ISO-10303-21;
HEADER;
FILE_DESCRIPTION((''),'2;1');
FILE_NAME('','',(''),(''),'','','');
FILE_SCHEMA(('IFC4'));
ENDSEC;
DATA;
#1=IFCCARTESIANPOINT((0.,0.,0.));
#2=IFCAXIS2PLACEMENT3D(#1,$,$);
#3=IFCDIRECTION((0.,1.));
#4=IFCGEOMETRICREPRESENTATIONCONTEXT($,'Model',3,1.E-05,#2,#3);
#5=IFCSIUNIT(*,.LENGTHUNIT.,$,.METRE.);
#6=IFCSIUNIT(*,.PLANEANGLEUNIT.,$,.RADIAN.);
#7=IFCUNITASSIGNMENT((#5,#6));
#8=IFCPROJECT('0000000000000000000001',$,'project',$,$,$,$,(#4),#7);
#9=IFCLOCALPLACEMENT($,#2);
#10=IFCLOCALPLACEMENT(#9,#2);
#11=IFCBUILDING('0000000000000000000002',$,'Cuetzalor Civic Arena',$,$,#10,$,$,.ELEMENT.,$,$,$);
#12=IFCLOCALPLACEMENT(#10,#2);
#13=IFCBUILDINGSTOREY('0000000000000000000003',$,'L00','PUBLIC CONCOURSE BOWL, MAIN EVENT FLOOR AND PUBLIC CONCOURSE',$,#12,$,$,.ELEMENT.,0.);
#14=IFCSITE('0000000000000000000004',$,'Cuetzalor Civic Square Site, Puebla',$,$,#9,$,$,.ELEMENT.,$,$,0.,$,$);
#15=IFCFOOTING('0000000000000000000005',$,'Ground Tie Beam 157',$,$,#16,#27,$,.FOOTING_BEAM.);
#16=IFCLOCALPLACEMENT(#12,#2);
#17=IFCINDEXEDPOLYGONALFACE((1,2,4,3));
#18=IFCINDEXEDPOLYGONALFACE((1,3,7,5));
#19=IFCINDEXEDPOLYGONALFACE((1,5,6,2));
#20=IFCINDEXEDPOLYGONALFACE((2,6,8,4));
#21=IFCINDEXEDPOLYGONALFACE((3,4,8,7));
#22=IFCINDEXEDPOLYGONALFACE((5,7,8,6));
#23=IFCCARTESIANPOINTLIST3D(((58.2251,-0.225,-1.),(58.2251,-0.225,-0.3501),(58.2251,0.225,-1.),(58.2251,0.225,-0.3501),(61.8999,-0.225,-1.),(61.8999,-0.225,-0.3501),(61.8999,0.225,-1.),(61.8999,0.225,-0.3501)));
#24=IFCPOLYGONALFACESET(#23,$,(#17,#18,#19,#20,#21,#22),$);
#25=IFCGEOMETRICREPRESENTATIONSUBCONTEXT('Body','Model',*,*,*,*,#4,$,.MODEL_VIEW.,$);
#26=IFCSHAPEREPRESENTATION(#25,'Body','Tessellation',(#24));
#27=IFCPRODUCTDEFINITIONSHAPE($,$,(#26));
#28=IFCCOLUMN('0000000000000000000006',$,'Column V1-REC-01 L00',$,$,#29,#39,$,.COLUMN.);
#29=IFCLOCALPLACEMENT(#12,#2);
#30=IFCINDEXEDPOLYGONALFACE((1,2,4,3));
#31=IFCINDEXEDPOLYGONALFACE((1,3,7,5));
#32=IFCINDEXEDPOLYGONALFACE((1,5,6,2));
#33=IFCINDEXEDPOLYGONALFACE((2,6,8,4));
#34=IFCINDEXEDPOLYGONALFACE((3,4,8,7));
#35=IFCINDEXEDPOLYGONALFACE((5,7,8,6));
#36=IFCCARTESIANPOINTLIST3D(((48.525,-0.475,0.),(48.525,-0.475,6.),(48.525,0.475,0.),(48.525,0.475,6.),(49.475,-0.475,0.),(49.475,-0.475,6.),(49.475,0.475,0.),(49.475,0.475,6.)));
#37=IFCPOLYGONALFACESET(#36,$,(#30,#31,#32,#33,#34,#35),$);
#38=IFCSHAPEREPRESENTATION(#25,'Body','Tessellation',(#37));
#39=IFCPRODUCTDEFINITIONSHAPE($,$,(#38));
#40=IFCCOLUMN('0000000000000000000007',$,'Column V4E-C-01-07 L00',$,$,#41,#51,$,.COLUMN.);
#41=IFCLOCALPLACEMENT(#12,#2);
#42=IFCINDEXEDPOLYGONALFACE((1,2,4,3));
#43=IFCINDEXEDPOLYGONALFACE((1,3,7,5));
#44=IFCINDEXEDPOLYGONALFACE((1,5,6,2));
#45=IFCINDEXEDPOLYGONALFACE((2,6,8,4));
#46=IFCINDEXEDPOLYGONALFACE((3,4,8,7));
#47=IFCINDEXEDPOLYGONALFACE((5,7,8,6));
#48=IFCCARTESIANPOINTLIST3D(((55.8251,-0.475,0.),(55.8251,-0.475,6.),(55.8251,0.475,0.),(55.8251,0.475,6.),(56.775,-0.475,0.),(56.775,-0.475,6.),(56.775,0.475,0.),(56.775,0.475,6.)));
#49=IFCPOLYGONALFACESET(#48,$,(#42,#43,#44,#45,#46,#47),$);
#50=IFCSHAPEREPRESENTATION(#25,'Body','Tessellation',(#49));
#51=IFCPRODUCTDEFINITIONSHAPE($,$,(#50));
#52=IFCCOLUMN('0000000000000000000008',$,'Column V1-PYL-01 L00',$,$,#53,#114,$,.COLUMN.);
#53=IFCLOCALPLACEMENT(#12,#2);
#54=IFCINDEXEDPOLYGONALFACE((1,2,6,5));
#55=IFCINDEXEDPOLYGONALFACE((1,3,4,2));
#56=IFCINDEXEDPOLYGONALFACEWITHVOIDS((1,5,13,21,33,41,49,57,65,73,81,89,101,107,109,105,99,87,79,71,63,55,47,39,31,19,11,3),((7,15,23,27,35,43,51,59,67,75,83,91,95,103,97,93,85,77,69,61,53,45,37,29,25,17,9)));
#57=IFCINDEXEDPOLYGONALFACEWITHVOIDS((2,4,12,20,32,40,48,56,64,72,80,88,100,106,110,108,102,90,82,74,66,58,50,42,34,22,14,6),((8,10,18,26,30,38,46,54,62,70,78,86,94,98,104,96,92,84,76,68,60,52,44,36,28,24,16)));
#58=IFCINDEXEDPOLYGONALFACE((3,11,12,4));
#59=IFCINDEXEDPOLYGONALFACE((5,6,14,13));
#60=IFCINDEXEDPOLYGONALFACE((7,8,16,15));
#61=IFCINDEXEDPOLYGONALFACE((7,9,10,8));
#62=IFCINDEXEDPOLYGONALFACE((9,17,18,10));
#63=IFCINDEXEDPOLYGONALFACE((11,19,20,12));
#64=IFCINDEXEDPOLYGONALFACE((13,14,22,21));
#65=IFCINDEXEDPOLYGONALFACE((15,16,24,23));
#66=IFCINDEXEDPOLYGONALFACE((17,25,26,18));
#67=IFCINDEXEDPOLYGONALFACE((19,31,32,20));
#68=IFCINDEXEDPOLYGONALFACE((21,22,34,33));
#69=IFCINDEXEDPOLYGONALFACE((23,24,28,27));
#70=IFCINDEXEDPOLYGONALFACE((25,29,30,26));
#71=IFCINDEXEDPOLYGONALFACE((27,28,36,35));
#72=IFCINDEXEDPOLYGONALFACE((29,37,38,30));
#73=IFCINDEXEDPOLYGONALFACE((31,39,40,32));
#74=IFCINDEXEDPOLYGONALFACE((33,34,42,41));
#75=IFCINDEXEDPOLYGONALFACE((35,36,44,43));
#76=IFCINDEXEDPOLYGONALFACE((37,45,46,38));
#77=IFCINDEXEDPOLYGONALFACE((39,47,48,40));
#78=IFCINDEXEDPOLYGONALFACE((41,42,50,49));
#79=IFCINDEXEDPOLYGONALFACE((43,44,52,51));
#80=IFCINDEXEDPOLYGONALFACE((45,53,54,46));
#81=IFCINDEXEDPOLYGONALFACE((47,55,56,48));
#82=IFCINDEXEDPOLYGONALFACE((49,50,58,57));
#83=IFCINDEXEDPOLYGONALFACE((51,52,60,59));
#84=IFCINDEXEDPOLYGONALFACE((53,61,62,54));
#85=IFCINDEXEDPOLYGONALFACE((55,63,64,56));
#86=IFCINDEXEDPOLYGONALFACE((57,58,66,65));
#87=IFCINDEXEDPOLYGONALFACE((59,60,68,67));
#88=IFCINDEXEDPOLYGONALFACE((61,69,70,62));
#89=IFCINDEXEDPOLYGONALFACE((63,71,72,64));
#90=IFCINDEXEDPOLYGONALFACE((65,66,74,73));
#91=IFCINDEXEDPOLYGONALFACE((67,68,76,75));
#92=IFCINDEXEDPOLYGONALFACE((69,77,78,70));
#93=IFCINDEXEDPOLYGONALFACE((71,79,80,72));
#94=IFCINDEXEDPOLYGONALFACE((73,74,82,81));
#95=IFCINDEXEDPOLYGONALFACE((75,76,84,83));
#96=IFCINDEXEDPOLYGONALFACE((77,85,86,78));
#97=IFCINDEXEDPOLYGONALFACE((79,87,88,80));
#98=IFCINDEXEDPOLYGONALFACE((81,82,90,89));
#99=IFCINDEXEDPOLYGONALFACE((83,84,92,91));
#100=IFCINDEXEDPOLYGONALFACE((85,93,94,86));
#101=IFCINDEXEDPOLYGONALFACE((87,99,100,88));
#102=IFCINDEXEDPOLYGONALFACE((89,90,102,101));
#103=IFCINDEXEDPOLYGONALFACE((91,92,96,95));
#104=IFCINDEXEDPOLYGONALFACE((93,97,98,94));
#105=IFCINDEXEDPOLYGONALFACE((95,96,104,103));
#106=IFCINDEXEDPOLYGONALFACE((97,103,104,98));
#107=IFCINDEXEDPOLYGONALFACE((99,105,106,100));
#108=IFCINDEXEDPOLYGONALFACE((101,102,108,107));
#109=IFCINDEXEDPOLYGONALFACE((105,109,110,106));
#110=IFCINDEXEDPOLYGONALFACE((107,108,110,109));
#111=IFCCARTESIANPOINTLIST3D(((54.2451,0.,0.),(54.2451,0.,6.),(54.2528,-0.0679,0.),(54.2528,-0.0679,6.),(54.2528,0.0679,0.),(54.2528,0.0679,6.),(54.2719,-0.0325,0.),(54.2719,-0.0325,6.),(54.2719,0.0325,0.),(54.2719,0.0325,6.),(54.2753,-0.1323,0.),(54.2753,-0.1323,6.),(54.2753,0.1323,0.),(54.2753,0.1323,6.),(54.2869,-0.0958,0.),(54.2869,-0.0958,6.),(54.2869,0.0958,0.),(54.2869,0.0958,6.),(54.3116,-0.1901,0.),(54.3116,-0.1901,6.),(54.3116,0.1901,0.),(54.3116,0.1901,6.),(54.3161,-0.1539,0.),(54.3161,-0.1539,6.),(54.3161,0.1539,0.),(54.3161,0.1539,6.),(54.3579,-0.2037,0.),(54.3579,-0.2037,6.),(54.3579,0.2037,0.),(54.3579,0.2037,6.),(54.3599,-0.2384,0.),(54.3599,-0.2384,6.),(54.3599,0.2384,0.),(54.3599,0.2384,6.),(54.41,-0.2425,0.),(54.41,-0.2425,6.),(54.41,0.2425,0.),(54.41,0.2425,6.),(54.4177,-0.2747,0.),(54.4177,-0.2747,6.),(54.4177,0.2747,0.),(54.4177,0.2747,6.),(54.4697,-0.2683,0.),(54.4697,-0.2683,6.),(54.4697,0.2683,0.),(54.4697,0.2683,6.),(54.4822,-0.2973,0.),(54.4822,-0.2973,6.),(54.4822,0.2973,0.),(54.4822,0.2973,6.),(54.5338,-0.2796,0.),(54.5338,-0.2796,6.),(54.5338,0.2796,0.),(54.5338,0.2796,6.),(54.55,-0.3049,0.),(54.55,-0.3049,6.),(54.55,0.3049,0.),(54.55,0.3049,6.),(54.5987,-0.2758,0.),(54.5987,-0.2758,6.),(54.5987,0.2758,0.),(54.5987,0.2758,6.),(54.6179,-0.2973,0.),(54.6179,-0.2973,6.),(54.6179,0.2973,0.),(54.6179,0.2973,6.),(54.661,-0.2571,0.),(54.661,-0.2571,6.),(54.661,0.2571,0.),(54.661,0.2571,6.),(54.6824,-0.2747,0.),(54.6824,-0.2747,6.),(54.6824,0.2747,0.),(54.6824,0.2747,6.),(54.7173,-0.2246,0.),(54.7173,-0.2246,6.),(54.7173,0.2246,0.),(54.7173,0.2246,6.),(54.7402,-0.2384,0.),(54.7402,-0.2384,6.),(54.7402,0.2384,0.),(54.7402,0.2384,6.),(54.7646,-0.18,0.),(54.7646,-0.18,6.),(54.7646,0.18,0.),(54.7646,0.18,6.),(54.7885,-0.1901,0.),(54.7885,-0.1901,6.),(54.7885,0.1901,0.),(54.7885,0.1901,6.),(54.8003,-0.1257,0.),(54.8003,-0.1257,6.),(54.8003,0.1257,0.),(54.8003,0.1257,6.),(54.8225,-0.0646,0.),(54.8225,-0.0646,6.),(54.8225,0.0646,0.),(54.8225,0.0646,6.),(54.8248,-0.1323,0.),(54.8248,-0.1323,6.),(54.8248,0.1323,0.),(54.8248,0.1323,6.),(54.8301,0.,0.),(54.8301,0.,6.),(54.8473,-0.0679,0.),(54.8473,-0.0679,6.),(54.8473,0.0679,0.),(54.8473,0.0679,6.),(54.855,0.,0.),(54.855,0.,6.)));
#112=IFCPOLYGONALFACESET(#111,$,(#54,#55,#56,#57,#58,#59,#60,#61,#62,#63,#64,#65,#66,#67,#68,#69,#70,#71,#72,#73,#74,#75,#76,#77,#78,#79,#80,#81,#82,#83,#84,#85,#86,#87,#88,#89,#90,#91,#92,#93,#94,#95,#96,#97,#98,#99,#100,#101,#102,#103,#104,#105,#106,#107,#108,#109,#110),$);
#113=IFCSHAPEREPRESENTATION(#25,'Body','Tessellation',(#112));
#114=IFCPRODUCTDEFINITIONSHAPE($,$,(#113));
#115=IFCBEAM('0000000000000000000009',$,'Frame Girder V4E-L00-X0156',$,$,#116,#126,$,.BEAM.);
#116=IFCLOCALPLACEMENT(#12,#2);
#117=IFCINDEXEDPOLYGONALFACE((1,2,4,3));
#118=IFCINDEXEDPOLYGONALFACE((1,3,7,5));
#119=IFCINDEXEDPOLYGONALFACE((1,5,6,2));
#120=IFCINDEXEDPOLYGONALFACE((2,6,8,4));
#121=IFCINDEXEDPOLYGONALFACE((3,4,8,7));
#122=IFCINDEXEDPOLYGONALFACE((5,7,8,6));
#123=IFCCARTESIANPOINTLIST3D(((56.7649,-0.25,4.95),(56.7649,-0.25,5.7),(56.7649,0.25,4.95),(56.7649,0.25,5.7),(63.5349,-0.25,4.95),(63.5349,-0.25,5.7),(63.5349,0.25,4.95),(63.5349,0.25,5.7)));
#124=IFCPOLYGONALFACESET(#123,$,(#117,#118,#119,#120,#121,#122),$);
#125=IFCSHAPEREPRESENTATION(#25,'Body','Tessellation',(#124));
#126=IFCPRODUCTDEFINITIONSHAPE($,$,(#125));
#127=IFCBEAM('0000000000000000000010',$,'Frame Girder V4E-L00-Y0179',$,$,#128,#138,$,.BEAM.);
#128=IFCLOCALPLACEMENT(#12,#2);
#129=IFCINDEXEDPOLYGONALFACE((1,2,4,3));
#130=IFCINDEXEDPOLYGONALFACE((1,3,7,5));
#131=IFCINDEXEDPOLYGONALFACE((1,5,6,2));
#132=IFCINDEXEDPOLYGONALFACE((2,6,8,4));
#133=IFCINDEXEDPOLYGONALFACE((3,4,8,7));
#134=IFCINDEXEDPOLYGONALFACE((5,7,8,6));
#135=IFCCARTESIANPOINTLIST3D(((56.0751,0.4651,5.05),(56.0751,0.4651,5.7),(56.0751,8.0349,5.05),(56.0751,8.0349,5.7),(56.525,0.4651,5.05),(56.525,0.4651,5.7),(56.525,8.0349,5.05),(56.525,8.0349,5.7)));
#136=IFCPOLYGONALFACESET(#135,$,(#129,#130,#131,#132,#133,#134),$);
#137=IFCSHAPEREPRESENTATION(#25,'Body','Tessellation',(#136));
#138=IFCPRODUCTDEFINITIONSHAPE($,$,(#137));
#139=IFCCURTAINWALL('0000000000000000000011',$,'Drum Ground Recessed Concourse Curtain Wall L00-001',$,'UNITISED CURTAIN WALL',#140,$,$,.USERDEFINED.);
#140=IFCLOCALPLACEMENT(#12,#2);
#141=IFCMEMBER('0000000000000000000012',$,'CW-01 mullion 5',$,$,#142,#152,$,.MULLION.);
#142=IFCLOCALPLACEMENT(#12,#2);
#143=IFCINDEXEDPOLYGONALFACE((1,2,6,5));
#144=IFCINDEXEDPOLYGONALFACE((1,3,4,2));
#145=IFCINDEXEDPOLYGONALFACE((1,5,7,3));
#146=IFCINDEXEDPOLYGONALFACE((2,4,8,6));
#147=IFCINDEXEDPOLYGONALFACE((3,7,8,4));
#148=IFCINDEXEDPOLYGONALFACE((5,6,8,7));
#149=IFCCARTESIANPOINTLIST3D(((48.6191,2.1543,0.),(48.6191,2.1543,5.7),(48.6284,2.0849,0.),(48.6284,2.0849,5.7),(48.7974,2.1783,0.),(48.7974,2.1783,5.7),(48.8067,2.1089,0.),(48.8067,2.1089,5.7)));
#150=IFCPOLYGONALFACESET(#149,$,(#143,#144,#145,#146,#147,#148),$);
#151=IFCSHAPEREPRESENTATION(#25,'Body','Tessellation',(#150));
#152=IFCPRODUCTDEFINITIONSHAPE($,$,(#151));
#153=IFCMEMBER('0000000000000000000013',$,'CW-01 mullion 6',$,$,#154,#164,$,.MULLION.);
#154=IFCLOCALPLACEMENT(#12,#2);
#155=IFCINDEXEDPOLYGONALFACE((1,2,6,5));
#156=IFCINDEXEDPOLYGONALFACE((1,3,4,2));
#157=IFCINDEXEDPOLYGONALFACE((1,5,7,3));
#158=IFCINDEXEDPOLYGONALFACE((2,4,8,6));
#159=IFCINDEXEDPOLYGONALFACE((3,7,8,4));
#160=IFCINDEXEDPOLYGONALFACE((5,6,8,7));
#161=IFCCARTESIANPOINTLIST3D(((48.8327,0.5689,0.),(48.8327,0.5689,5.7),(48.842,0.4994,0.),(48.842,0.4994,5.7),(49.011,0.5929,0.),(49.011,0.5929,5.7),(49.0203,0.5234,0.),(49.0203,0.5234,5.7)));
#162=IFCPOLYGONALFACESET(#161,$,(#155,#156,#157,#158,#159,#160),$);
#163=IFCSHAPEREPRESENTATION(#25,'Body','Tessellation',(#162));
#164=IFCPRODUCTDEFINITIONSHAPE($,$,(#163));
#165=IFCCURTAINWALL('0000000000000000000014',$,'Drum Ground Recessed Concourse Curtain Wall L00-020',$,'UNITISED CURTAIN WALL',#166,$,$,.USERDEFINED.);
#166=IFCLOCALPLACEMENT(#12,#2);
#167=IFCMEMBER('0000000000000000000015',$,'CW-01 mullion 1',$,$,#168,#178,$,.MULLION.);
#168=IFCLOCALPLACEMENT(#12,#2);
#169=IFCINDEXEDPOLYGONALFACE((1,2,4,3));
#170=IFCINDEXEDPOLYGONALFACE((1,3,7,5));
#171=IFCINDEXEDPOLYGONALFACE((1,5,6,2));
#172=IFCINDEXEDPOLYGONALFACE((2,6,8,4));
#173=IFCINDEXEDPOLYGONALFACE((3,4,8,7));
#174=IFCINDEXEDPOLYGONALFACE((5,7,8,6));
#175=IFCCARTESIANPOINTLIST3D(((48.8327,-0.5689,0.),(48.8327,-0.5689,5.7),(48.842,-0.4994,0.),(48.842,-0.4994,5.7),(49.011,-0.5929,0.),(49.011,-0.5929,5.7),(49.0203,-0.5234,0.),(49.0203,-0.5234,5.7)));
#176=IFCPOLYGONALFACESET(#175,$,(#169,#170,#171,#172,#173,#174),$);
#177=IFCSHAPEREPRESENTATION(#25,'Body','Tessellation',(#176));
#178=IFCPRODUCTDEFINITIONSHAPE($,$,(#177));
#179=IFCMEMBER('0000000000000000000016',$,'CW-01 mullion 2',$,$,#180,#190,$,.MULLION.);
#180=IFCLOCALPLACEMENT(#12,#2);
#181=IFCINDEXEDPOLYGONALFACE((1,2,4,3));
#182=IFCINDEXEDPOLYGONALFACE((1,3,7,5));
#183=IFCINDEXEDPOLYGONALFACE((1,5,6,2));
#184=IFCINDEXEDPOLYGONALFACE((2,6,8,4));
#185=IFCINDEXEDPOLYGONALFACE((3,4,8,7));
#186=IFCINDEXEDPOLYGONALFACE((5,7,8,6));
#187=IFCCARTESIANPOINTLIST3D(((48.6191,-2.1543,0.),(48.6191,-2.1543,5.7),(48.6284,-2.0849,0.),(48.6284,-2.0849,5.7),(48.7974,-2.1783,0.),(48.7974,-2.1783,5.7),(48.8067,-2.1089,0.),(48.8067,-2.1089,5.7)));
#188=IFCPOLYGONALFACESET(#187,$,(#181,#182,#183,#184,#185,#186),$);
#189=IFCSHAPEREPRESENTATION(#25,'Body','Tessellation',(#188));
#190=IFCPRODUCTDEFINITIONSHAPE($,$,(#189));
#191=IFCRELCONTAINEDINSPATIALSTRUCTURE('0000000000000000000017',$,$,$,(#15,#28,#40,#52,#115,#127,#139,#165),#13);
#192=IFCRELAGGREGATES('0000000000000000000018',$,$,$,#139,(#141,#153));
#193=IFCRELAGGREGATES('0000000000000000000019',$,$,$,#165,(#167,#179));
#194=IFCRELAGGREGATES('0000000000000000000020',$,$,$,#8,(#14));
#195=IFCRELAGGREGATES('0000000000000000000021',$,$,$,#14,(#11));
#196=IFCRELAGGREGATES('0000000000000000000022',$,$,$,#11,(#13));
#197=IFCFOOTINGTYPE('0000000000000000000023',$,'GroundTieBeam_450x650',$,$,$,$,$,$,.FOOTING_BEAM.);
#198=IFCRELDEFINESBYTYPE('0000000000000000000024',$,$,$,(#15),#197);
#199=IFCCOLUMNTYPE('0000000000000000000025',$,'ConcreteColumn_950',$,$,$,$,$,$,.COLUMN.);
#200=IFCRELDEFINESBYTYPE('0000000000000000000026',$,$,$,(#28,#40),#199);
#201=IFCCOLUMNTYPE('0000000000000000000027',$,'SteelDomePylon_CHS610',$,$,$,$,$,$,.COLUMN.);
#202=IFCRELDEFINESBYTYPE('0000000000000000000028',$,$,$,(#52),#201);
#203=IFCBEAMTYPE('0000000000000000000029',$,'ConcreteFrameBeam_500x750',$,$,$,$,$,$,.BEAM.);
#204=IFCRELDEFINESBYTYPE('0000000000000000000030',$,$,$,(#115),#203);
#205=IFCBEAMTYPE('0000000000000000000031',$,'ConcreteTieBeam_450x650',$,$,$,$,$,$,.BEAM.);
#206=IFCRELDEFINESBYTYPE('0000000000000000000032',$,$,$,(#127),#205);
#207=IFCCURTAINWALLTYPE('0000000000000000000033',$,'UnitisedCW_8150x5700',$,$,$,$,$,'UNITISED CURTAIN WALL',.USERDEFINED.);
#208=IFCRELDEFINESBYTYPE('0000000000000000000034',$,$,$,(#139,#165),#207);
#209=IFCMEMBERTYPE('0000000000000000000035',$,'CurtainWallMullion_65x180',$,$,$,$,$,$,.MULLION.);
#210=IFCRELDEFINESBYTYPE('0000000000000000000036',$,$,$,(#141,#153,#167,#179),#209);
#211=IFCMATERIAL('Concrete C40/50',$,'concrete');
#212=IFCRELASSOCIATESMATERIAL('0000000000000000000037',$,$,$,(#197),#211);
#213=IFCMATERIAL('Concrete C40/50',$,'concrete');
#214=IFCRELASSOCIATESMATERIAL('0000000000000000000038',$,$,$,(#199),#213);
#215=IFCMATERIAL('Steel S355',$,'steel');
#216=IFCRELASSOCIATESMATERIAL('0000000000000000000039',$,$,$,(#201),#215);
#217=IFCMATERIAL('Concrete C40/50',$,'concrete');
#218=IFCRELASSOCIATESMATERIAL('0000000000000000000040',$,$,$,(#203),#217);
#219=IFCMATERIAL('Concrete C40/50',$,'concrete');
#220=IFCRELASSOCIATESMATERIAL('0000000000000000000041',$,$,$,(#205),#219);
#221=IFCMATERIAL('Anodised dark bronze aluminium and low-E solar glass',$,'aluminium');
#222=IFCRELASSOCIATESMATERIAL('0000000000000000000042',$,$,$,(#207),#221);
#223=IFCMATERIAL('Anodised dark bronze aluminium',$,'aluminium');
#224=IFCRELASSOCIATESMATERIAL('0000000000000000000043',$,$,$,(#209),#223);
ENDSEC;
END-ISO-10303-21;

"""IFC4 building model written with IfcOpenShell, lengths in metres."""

from ifc_helpers import new_model, si_unit, direction, frame, origin, origin_2d, place, context, subcontext, project, spatial, rectangle, hollow_circle, extrude, material, material_profile, profile_set, type_object, element, aggregate, save


model = new_model("IFC4")

# Units and contexts
model_context = context("Model", 3, precision=1e-05, world=origin(), true_north=direction((0.0, 1.0)))
body_context = subcontext(model_context, "Body", "Model", "MODEL_VIEW")
ifc_project = project(units=[si_unit("LENGTHUNIT", "METRE"), si_unit("PLANEANGLEUNIT", "RADIAN")], contexts=[model_context])

# Site, building, storey
site_placement = place(None, origin())
site = spatial("IfcSite", under=ifc_project, at=site_placement, Name="Cuetzalor Civic Square Site, Puebla", CompositionType="ELEMENT", RefElevation=0.0)
building_placement = place(site_placement, origin())
building = spatial("IfcBuilding", under=site, at=building_placement, Name="Cuetzalor Civic Arena", CompositionType="ELEMENT")
storey_placement = place(building_placement, origin())
storey = spatial("IfcBuildingStorey", under=building, at=storey_placement, Name="L00", Description="PUBLIC CONCOURSE BOWL, MAIN EVENT FLOOR AND PUBLIC CONCOURSE", CompositionType="ELEMENT", Elevation=0.0)

# Footing
ifc_material_1 = material(Name="Concrete C40/50", Category="concrete")
ifc_material_profile_1 = material_profile(ifc_material_1, rectangle(XDim=0.45, YDim=0.6499, at=origin_2d()), Name="RC 450x650")
ifc_profile_set_1 = profile_set([ifc_material_profile_1], Name="Concrete C40/50")
footing_type_1 = type_object("IfcFootingType", Name="GroundTieBeam_450x650", PredefinedType="FOOTING_BEAM", material=ifc_profile_set_1)
footing_1_placement = place(storey_placement, frame((58.2251, 0.0, -0.675), z_axis=(1.0, 0.0, 0.0), x_axis=(0.0, 1.0, 0.0)))
element("IfcFooting", 1, at=footing_1_placement, inside=storey, type_object=footing_type_1, Name="Ground Tie Beam 157", PredefinedType="FOOTING_BEAM", context=body_context, shape_type="SweptSolid", body=[
    extrude(rectangle(XDim=0.45, YDim=0.6499, at=origin_2d()), origin(), (0.0, 0.0, 1.0), 3.6748),
])

# Columns
ifc_material_2 = material(Name="Concrete C40/50", Category="concrete")
ifc_material_profile_2 = material_profile(ifc_material_2, rectangle(XDim=0.95, YDim=0.95, at=origin_2d()), Name="RC 950x950")
ifc_profile_set_2 = profile_set([ifc_material_profile_2], Name="Concrete C40/50")
column_type_1 = type_object("IfcColumnType", Name="ConcreteColumn_950", PredefinedType="COLUMN", material=ifc_profile_set_2)
for number, where, z_axis, x_axis, name in (
    (2, (49.0, 0.0, 0.0), (0.0, 0.0, 1.0), (1.0, 0.0, 0.0), "Column V1-REC-01 L00"),
    (3, (56.3, 0.0, 0.0), (0.0, 0.0, 1.0), (1.0, 0.0, 0.0), "Column V4E-C-01-07 L00"),
):
    element("IfcColumn", number, at=place(storey_placement, frame(where, z_axis=z_axis, x_axis=x_axis)), inside=storey, type_object=column_type_1, Name=name, PredefinedType="COLUMN", context=body_context, shape_type="SweptSolid", body=[
        extrude(rectangle(XDim=0.95, YDim=0.95, at=origin_2d()), origin(), (0.0, 0.0, 1.0), 6.0),
    ])
ifc_material_3 = material(Name="Steel S355", Category="steel")
ifc_material_profile_3 = material_profile(ifc_material_3, hollow_circle(Radius=0.3049, WallThickness=0.0249, at=origin_2d()), Name="CHS 610x25")
ifc_profile_set_3 = profile_set([ifc_material_profile_3], Name="Steel S355")
column_type_2 = type_object("IfcColumnType", Name="SteelDomePylon_CHS610", PredefinedType="COLUMN", material=ifc_profile_set_3)
column_placement = place(storey_placement, frame((54.55, 0.0, 0.0), z_axis=(0.0, 0.0, 1.0), x_axis=(1.0, 0.0, 0.0)))
element("IfcColumn", 4, at=column_placement, inside=storey, type_object=column_type_2, Name="Column V1-PYL-01 L00", PredefinedType="COLUMN", context=body_context, shape_type="SweptSolid", body=[
    extrude(hollow_circle(Radius=0.3049, WallThickness=0.0249, at=origin_2d()), origin(), (0.0, 0.0, 1.0), 6.0),
])

# Beams
ifc_material_4 = material(Name="Concrete C40/50", Category="concrete")
ifc_material_profile_4 = material_profile(ifc_material_4, rectangle(XDim=0.5, YDim=0.75, at=origin_2d()), Name="RC 500x750")
ifc_profile_set_4 = profile_set([ifc_material_profile_4], Name="Concrete C40/50")
beam_type_1 = type_object("IfcBeamType", Name="ConcreteFrameBeam_500x750", PredefinedType="BEAM", material=ifc_profile_set_4)
beam_1_placement = place(storey_placement, frame((56.7649, 0.0, 5.325), z_axis=(1.0, 0.0, 0.0), x_axis=(0.0, 1.0, 0.0)))
element("IfcBeam", 5, at=beam_1_placement, inside=storey, type_object=beam_type_1, Name="Frame Girder V4E-L00-X0156", PredefinedType="BEAM", context=body_context, shape_type="SweptSolid", body=[
    extrude(rectangle(XDim=0.5, YDim=0.75, at=origin_2d()), origin(), (0.0, 0.0, 1.0), 6.77),
])
ifc_material_5 = material(Name="Concrete C40/50", Category="concrete")
ifc_material_profile_5 = material_profile(ifc_material_5, rectangle(XDim=0.45, YDim=0.6499, at=origin_2d()), Name="RC 450x650")
ifc_profile_set_5 = profile_set([ifc_material_profile_5], Name="Concrete C40/50")
beam_type_2 = type_object("IfcBeamType", Name="ConcreteTieBeam_450x650", PredefinedType="BEAM", material=ifc_profile_set_5)
beam_2_placement = place(storey_placement, frame((56.3, 0.4651, 5.375), z_axis=(0.0, 1.0, 0.0), x_axis=(-1.0, 0.0, 0.0)))
element("IfcBeam", 6, at=beam_2_placement, inside=storey, type_object=beam_type_2, Name="Frame Girder V4E-L00-Y0179", PredefinedType="BEAM", context=body_context, shape_type="SweptSolid", body=[
    extrude(rectangle(XDim=0.45, YDim=0.6499, at=origin_2d()), origin(), (0.0, 0.0, 1.0), 7.5698),
])

# Curtain walls, members
ifc_material_6 = material(Name="Anodised dark bronze aluminium and low-E solar glass", Category="aluminium")
curtain_wall_type = type_object("IfcCurtainWallType", Name="UnitisedCW_8150x5700", ElementType="UNITISED CURTAIN WALL", PredefinedType="USERDEFINED", material=ifc_material_6)
curtain_wall_1_placement = place(storey_placement, origin())
curtain_wall_1 = element("IfcCurtainWall", 7, at=curtain_wall_1_placement, inside=storey, type_object=curtain_wall_type, Name="Drum Ground Recessed Concourse Curtain Wall L00-001", ObjectType="UNITISED CURTAIN WALL", PredefinedType="USERDEFINED")
ifc_material_7 = material(Name="Anodised dark bronze aluminium", Category="aluminium")
ifc_material_profile_6 = material_profile(ifc_material_7, rectangle(XDim=0.0701, YDim=0.1799, at=origin_2d()), Name="ALU MULLION 70x180")
ifc_profile_set_6 = profile_set([ifc_material_profile_6], Name="Anodised dark bronze aluminium")
member_type_1 = type_object("IfcMemberType", Name="CurtainWallMullion_65x180", PredefinedType="MULLION", material=ifc_profile_set_6)
member_1_placement = place(storey_placement, frame((48.7129, 2.1316, 0.0), z_axis=(0.0, 0.0, 1.0), x_axis=(0.133443, -0.991056, 0.0)))
member_1 = element("IfcMember", 8, at=member_1_placement, type_object=member_type_1, Name="CW-01 mullion 5", PredefinedType="MULLION", context=body_context, shape_type="SweptSolid", body=[
    extrude(rectangle(XDim=0.0701, YDim=0.1799, at=origin_2d()), origin(), (0.0, 0.0, 1.0), 5.7),
])
member_2_placement = place(storey_placement, frame((48.9265, 0.5461, 0.0), z_axis=(0.0, 0.0, 1.0), x_axis=(0.133443, -0.991056, 0.0)))
member_2 = element("IfcMember", 9, at=member_2_placement, type_object=member_type_1, Name="CW-01 mullion 6", PredefinedType="MULLION", context=body_context, shape_type="SweptSolid", body=[
    extrude(rectangle(XDim=0.0701, YDim=0.1799, at=origin_2d()), origin(), (0.0, 0.0, 1.0), 5.7),
])
curtain_wall_2_placement = place(storey_placement, origin())
curtain_wall_2 = element("IfcCurtainWall", 10, at=curtain_wall_2_placement, inside=storey, type_object=curtain_wall_type, Name="Drum Ground Recessed Concourse Curtain Wall L00-020", ObjectType="UNITISED CURTAIN WALL", PredefinedType="USERDEFINED")
member_3_placement = place(storey_placement, frame((48.9265, -0.5461, 0.0), z_axis=(0.0, 0.0, 1.0), x_axis=(-0.133443, -0.991056, 0.0)))
member_3 = element("IfcMember", 11, at=member_3_placement, type_object=member_type_1, Name="CW-01 mullion 1", PredefinedType="MULLION", context=body_context, shape_type="SweptSolid", body=[
    extrude(rectangle(XDim=0.0701, YDim=0.1799, at=origin_2d()), origin(), (0.0, 0.0, 1.0), 5.7),
])
member_4_placement = place(storey_placement, frame((48.7129, -2.1316, 0.0), z_axis=(0.0, 0.0, 1.0), x_axis=(-0.133443, -0.991056, 0.0)))
member_4 = element("IfcMember", 12, at=member_4_placement, type_object=member_type_1, Name="CW-01 mullion 2", PredefinedType="MULLION", context=body_context, shape_type="SweptSolid", body=[
    extrude(rectangle(XDim=0.0701, YDim=0.1799, at=origin_2d()), origin(), (0.0, 0.0, 1.0), 5.7),
])

aggregate(curtain_wall_1, [member_1, member_2])
aggregate(curtain_wall_2, [member_3, member_4])

save(model, "model.ifc")
